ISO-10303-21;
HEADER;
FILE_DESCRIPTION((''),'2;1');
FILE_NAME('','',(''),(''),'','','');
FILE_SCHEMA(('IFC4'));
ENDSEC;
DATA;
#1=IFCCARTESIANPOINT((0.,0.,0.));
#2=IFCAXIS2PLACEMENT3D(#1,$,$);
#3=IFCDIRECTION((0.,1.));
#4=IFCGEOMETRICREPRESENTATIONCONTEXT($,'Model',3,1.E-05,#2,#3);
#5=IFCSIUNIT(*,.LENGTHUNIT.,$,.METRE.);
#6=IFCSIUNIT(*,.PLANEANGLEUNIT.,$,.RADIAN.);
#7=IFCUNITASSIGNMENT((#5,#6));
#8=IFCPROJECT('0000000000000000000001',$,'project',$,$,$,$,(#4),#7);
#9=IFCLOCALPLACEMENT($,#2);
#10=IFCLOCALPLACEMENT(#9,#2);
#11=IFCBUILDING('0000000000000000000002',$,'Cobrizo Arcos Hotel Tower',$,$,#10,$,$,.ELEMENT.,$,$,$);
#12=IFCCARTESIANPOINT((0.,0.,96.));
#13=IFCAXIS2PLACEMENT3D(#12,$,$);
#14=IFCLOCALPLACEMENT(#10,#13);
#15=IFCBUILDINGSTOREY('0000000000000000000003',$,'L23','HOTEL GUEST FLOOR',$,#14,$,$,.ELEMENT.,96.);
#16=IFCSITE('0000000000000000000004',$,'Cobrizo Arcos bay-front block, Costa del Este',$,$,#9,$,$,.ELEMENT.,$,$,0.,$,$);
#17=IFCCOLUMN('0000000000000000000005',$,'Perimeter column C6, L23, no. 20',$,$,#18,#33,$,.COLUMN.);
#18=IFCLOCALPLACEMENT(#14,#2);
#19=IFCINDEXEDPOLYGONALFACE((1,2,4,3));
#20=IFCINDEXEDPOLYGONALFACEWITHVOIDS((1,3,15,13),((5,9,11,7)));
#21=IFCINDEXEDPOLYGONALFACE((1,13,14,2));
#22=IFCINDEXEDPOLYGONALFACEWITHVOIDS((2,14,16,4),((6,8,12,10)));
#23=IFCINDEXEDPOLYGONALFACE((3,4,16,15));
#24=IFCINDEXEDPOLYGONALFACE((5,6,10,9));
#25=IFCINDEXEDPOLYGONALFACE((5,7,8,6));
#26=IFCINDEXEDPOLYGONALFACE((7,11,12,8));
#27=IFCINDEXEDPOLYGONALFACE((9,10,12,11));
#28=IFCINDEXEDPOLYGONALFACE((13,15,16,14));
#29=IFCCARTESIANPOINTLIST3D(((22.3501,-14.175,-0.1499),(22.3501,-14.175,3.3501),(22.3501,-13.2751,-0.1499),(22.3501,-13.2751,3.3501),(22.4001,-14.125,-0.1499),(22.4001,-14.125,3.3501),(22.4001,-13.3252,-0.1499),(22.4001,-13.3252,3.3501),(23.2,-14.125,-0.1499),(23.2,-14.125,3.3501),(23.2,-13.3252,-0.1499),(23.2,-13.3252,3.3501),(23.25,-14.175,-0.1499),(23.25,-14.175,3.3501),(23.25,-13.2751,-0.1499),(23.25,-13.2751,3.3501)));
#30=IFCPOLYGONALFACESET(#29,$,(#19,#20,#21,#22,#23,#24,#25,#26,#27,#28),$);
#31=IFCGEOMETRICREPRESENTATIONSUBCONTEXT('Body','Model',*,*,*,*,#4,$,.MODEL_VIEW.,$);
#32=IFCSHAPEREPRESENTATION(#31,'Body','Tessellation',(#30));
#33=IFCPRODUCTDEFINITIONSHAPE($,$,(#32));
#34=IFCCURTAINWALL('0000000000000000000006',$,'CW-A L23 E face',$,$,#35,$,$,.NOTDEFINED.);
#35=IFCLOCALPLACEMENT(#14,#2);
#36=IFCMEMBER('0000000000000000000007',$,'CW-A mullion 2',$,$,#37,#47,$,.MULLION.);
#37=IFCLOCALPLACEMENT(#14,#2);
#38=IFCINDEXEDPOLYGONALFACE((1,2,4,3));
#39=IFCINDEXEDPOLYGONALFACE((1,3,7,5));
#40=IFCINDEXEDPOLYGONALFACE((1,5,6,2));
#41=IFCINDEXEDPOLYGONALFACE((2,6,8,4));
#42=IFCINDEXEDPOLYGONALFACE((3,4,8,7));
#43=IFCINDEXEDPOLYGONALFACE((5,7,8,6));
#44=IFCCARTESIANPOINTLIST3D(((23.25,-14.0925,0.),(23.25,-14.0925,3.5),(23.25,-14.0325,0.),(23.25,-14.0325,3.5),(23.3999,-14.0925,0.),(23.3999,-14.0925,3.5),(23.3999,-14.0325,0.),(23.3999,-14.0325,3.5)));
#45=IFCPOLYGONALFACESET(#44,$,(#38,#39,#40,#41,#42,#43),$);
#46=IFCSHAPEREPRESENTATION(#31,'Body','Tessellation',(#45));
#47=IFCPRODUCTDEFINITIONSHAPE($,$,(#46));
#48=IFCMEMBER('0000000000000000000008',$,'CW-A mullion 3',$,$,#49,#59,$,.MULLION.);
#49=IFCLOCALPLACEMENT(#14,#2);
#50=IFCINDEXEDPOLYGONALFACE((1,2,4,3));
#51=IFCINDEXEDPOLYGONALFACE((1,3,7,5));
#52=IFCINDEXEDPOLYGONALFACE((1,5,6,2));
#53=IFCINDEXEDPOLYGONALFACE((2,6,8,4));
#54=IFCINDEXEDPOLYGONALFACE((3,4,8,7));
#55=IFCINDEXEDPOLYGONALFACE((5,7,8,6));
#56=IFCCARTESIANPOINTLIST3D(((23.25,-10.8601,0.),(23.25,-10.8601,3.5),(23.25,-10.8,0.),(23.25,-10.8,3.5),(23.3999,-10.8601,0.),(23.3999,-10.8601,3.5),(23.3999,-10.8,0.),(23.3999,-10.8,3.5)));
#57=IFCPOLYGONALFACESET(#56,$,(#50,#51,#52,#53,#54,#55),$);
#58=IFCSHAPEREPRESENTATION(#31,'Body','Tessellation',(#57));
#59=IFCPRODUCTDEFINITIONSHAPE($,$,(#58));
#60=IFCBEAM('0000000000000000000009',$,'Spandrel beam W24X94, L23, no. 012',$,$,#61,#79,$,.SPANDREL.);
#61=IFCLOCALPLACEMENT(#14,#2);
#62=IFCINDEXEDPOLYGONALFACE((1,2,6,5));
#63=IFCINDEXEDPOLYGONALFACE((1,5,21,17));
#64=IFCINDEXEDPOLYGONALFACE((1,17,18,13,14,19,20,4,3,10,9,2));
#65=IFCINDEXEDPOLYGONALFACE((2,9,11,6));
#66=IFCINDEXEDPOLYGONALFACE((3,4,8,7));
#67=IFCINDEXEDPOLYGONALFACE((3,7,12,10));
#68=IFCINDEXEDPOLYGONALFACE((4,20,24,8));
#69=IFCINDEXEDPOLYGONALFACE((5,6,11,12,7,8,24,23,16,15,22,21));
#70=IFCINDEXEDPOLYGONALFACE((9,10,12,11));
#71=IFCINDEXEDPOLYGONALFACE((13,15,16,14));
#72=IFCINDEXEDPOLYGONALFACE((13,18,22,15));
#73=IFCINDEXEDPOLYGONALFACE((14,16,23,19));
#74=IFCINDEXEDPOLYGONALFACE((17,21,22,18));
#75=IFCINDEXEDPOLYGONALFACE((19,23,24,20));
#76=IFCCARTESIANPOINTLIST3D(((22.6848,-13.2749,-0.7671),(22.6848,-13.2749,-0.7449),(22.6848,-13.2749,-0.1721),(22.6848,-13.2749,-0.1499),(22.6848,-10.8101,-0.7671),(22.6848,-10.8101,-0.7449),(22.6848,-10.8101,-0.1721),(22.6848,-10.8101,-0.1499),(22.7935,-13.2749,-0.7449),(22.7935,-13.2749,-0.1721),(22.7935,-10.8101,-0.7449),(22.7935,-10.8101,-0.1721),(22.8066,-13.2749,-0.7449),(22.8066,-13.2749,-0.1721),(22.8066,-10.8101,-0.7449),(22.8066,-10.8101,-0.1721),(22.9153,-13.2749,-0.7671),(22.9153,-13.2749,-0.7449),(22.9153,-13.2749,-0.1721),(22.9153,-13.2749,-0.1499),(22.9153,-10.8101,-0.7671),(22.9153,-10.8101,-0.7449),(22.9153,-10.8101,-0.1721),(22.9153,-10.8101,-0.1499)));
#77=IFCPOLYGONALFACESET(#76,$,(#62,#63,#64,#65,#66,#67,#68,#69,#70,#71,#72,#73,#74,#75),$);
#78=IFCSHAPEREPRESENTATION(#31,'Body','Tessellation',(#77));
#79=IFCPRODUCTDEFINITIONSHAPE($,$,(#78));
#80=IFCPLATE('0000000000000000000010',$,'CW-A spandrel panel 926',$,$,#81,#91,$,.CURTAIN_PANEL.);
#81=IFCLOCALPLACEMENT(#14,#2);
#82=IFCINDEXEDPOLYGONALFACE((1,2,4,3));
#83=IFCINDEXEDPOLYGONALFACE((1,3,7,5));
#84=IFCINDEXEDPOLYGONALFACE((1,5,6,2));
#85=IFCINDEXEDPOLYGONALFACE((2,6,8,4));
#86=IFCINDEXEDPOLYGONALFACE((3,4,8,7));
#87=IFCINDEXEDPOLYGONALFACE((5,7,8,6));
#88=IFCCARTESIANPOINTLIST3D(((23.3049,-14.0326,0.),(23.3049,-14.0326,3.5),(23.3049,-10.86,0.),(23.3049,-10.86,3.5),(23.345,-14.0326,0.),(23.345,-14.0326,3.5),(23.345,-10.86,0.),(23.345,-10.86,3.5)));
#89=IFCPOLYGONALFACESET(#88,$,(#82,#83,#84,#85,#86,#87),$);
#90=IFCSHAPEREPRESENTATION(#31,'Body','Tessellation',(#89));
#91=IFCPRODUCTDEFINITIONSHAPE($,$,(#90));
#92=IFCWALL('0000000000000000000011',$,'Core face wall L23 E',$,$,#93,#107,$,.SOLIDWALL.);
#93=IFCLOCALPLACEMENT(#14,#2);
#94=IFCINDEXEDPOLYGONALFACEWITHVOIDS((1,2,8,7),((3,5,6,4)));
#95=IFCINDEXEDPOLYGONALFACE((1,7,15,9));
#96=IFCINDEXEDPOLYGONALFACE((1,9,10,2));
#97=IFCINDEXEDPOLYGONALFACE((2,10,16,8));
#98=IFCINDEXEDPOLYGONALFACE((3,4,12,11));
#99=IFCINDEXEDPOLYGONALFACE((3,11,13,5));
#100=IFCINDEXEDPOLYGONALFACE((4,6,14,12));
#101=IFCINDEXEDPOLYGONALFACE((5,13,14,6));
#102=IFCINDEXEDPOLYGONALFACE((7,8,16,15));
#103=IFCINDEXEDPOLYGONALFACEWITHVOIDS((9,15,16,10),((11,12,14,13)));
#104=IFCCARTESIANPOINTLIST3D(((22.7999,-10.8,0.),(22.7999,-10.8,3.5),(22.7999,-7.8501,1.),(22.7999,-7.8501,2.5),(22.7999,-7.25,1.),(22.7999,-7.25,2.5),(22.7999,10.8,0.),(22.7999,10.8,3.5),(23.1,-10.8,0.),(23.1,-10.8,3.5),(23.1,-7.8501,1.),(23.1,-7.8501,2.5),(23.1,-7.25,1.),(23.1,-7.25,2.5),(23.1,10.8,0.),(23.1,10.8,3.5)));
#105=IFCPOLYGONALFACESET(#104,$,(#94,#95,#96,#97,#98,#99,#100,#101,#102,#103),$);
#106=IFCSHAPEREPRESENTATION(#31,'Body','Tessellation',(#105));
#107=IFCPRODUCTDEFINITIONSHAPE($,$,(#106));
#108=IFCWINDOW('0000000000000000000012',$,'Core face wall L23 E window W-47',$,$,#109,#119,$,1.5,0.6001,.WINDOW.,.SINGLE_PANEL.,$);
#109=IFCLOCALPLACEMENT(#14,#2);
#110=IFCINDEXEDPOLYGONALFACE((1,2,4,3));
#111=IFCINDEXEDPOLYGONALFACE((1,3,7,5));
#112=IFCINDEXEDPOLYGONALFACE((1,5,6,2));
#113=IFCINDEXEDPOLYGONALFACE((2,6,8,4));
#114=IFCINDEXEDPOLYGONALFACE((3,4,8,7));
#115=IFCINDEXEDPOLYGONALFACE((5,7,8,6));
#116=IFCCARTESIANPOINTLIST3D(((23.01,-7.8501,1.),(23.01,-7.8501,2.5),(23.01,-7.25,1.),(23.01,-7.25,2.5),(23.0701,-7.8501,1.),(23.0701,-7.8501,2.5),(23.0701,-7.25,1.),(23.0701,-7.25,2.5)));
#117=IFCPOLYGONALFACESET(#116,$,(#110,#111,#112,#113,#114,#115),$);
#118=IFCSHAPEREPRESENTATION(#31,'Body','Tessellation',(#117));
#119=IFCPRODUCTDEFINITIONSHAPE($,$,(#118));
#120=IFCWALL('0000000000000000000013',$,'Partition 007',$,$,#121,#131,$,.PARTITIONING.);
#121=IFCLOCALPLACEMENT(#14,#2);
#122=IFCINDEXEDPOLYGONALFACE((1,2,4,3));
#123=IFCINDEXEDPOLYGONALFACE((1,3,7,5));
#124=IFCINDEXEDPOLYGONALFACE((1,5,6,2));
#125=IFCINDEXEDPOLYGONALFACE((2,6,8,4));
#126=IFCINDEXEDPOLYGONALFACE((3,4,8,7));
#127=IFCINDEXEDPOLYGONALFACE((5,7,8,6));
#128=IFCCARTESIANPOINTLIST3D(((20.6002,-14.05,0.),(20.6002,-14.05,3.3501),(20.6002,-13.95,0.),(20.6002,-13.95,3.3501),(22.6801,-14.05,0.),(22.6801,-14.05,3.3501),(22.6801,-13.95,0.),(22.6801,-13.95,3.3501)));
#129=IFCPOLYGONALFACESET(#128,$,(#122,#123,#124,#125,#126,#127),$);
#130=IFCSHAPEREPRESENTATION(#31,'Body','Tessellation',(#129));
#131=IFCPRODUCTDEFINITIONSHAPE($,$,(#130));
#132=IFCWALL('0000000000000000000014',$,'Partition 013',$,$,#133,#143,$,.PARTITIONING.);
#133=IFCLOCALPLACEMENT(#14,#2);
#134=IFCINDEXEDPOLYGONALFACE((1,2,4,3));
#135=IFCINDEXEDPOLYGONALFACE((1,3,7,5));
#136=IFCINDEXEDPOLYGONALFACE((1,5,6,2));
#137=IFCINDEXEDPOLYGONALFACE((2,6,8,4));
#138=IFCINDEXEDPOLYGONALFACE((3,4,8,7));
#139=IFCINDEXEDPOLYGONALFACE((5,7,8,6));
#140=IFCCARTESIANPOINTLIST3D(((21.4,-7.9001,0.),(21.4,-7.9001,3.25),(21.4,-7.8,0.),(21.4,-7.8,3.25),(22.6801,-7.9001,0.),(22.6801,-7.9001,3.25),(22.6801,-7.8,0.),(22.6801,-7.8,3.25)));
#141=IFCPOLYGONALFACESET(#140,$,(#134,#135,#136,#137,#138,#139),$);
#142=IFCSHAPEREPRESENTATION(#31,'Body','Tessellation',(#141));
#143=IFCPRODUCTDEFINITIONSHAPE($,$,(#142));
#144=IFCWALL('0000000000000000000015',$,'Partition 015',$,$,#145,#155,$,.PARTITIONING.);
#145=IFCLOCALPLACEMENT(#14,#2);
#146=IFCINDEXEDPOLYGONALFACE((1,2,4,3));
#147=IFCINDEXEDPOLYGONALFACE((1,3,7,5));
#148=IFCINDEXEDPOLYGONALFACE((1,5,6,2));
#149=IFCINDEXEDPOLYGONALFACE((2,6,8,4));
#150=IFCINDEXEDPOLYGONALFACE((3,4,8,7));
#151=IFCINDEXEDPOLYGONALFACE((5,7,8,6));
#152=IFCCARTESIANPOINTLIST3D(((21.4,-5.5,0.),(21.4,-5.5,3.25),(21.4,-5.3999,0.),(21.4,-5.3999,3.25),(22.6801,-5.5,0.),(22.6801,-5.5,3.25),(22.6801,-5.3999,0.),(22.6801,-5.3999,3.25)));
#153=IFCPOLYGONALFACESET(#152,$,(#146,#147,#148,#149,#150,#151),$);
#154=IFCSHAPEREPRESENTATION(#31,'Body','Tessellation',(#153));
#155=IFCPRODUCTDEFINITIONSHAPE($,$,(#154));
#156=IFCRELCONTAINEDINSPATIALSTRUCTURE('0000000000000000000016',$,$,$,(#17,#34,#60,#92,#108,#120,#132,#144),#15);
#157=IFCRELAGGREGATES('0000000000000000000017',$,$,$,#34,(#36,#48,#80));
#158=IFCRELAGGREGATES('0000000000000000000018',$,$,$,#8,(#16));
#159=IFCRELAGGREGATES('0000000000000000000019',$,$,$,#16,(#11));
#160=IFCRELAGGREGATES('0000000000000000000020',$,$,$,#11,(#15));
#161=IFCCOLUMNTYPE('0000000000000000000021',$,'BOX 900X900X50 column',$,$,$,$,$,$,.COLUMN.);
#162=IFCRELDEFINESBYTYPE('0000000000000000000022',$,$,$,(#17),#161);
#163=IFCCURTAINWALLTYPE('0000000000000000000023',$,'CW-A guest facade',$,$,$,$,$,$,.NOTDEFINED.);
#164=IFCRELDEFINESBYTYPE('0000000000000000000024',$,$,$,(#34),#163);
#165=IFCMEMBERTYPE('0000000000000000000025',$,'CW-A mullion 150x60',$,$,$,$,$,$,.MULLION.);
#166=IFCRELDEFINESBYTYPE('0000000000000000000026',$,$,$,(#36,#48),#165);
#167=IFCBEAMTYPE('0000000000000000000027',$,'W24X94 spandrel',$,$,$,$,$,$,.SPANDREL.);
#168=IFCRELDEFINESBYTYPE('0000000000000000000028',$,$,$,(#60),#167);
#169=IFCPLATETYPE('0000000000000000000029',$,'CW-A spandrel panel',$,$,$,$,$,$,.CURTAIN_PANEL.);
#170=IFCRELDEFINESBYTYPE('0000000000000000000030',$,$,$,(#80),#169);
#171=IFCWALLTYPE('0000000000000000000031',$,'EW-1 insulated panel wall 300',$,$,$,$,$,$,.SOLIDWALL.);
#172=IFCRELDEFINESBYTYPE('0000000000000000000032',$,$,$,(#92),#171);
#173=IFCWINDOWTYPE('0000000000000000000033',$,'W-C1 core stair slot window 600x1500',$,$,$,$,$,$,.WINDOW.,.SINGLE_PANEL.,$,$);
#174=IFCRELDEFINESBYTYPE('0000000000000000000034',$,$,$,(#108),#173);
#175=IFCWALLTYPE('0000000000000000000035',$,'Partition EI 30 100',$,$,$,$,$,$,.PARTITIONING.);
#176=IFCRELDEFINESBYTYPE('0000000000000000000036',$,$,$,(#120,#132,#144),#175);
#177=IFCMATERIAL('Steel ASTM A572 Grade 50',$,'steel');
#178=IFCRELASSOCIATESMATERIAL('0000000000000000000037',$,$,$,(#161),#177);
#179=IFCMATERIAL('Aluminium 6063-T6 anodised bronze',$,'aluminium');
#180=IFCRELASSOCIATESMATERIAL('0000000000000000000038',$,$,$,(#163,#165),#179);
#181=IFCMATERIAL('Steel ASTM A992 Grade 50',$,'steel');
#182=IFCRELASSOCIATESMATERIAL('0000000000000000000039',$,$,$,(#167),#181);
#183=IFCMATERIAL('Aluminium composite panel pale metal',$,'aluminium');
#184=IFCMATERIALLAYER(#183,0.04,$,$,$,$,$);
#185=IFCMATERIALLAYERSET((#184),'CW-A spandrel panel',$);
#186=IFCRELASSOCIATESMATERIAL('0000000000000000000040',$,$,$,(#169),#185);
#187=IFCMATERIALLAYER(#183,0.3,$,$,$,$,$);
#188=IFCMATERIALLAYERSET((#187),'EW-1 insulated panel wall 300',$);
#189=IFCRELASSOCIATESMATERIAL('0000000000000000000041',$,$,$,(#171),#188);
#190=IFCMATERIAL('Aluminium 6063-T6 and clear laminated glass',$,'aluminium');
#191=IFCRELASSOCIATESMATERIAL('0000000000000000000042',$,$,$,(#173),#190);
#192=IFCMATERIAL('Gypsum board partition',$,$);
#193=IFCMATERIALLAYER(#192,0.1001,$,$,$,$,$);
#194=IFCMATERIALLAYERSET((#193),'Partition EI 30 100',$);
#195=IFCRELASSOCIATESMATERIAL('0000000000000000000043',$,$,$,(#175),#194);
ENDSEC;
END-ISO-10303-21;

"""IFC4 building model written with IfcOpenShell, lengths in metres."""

from ifc_helpers import new_model, si_unit, direction, frame, frame_2d, origin, origin_2d, place, context, subcontext, project, spatial, rectangle, hollow_rectangle, i_section, extrude, material, layer, layer_set, material_profile, profile_set, type_object, element, fill, aggregate, save


model = new_model("IFC4")

# Units and contexts
model_context = context("Model", 3, precision=1e-05, world=origin(), true_north=direction((0.0, 1.0)))
body_context = subcontext(model_context, "Body", "Model", "MODEL_VIEW")
ifc_project = project(units=[si_unit("LENGTHUNIT", "METRE"), si_unit("PLANEANGLEUNIT", "RADIAN")], contexts=[model_context])

# Site, building, storey
site_placement = place(None, origin())
site = spatial("IfcSite", under=ifc_project, at=site_placement, Name="Cobrizo Arcos bay-front block, Costa del Este", CompositionType="ELEMENT", RefElevation=0.0)
building_placement = place(site_placement, origin())
building = spatial("IfcBuilding", under=site, at=building_placement, Name="Cobrizo Arcos Hotel Tower", CompositionType="ELEMENT")
storey_placement = place(building_placement, frame((0.0, 0.0, 96.0)))
storey = spatial("IfcBuildingStorey", under=building, at=storey_placement, Name="L23", Description="HOTEL GUEST FLOOR", CompositionType="ELEMENT", Elevation=96.0)

# Column
ifc_material_1 = material(Name="Steel ASTM A572 Grade 50", Category="steel")
ifc_material_profile_1 = material_profile(ifc_material_1, hollow_rectangle(XDim=0.8999, YDim=0.8999, WallThickness=0.05, at=origin_2d()), Name="BOX 900X900X50")
ifc_profile_set_1 = profile_set([ifc_material_profile_1], Name="Steel ASTM A572 Grade 50")
column_type = type_object("IfcColumnType", Name="BOX 900X900X50 column", PredefinedType="COLUMN", material=ifc_profile_set_1)
column_placement = place(storey_placement, frame((22.8, -13.7251, -0.1499), z_axis=(0.0, 0.0, 1.0), x_axis=(1.0, 0.0, 0.0)))
element("IfcColumn", 1, at=column_placement, inside=storey, type_object=column_type, Name="Perimeter column C6, L23, no. 20", PredefinedType="COLUMN", context=body_context, shape_type="SweptSolid", body=[
    extrude(hollow_rectangle(XDim=0.8999, YDim=0.8999, WallThickness=0.05, at=origin_2d()), origin(), (0.0, 0.0, 1.0), 3.5),
])

# Curtain wall, members
ifc_material_2 = material(Name="Aluminium 6063-T6 anodised bronze", Category="aluminium")
curtain_wall_type = type_object("IfcCurtainWallType", Name="CW-A guest facade", PredefinedType="NOTDEFINED", material=ifc_material_2)
curtain_wall_placement = place(storey_placement, origin())
curtain_wall = element("IfcCurtainWall", 2, at=curtain_wall_placement, inside=storey, type_object=curtain_wall_type, Name="CW-A L23 E face", PredefinedType="NOTDEFINED")
ifc_material_profile_2 = material_profile(ifc_material_2, rectangle(XDim=0.1499, YDim=0.0601, at=origin_2d()), Name="CW-A mullion 150x60")
ifc_profile_set_2 = profile_set([ifc_material_profile_2], Name="Aluminium 6063-T6 anodised bronze")
member_type = type_object("IfcMemberType", Name="CW-A mullion 150x60", PredefinedType="MULLION", material=ifc_profile_set_2)
member_1_placement = place(storey_placement, frame((23.325, -14.0625, 0.0), z_axis=(0.0, 0.0, 1.0), x_axis=(1.0, 0.0, 0.0)))
member_1 = element("IfcMember", 3, at=member_1_placement, type_object=member_type, Name="CW-A mullion 2", PredefinedType="MULLION", context=body_context, shape_type="SweptSolid", body=[
    extrude(rectangle(XDim=0.1499, YDim=0.0601, at=origin_2d()), origin(), (0.0, 0.0, 1.0), 3.5),
])
member_2_placement = place(storey_placement, frame((23.325, -10.8301, 0.0), z_axis=(0.0, 0.0, 1.0), x_axis=(1.0, 0.0, 0.0)))
member_2 = element("IfcMember", 4, at=member_2_placement, type_object=member_type, Name="CW-A mullion 3", PredefinedType="MULLION", context=body_context, shape_type="SweptSolid", body=[
    extrude(rectangle(XDim=0.1499, YDim=0.0601, at=origin_2d()), origin(), (0.0, 0.0, 1.0), 3.5),
])

# Beam
ifc_material_3 = material(Name="Steel ASTM A992 Grade 50", Category="steel")
ifc_material_profile_3 = material_profile(ifc_material_3, i_section(OverallWidth=0.2305, OverallDepth=0.6172, WebThickness=0.0132, FlangeThickness=0.0222, at=origin_2d()), Name="W24X94")
ifc_profile_set_3 = profile_set([ifc_material_profile_3], Name="Steel ASTM A992 Grade 50")
beam_type = type_object("IfcBeamType", Name="W24X94 spandrel", PredefinedType="SPANDREL", material=ifc_profile_set_3)
beam_placement = place(storey_placement, frame((22.8, -13.2749, -0.4585), z_axis=(0.0, 1.0, 0.0), x_axis=(-1.0, 0.0, 0.0)))
element("IfcBeam", 5, at=beam_placement, inside=storey, type_object=beam_type, Name="Spandrel beam W24X94, L23, no. 012", PredefinedType="SPANDREL", context=body_context, shape_type="SweptSolid", body=[
    extrude(i_section(OverallWidth=0.2305, OverallDepth=0.6172, WebThickness=0.0132, FlangeThickness=0.0222, at=origin_2d()), origin(), (0.0, 0.0, 1.0), 2.4648),
])

# Plate
ifc_material_4 = material(Name="Aluminium composite panel pale metal", Category="aluminium")
ifc_layer_1 = layer(ifc_material_4, 0.04)
ifc_layer_set_1 = layer_set([ifc_layer_1], Name="CW-A spandrel panel")
plate_type = type_object("IfcPlateType", Name="CW-A spandrel panel", PredefinedType="CURTAIN_PANEL", material=ifc_layer_set_1)
plate_placement = place(storey_placement, frame((23.325, -12.4463, 0.0), z_axis=(0.0, 0.0, 1.0), x_axis=(0.0, 1.0, 0.0)))
plate = element("IfcPlate", 6, at=plate_placement, type_object=plate_type, Name="CW-A spandrel panel 926", PredefinedType="CURTAIN_PANEL", context=body_context, shape_type="SweptSolid", body=[
    extrude(rectangle(XDim=3.1726, YDim=0.04, at=origin_2d()), origin(), (0.0, 0.0, 1.0), 3.5),
])
aggregate(curtain_wall, [member_1, member_2, plate])

# Wall, opening, window
ifc_layer_2 = layer(ifc_material_4, 0.3)
ifc_layer_set_2 = layer_set([ifc_layer_2], Name="EW-1 insulated panel wall 300")
wall_type_1 = type_object("IfcWallType", Name="EW-1 insulated panel wall 300", PredefinedType="SOLIDWALL", material=ifc_layer_set_2)
wall_1_placement = place(storey_placement, frame((22.95, -10.8, 0.0), z_axis=(0.0, 0.0, 1.0), x_axis=(0.0, 1.0, 0.0)))
wall_1 = element("IfcWall", 7, at=wall_1_placement, inside=storey, type_object=wall_type_1, Name="Core face wall L23 E", PredefinedType="SOLIDWALL", context=body_context, shape_type="SweptSolid", body=[
    extrude(rectangle(XDim=21.6001, YDim=0.3, at=frame_2d((10.8, 0.0))), origin(), (0.0, 0.0, 1.0), 3.5),
])
opening_1_placement = place(wall_1_placement, frame((2.95, 0.0, 1.0)))
opening_1 = element("IfcOpeningElement", 8, at=opening_1_placement, cuts=wall_1, PredefinedType="OPENING", context=body_context, shape_type="SweptSolid", body=[
    extrude(rectangle(XDim=0.6001, YDim=1.5, at=frame_2d((0.3, 0.75))), frame((0.0, 0.1621, 0.0), z_axis=(0.0, -1.0, 0.0), x_axis=(1.0, 0.0, 0.0)), (0.0, 0.0, 1.0), 0.324),
])
ifc_material_5 = material(Name="Aluminium 6063-T6 and clear laminated glass", Category="aluminium")
window_type = type_object("IfcWindowType", Name="W-C1 core stair slot window 600x1500", PartitioningType="SINGLE_PANEL", PredefinedType="WINDOW", material=ifc_material_5)
window_placement = place(opening_1_placement, origin())
window = element("IfcWindow", 9, at=window_placement, inside=storey, type_object=window_type, Name="Core face wall L23 E window W-47", OverallHeight=1.5, OverallWidth=0.6001, PartitioningType="SINGLE_PANEL", PredefinedType="WINDOW", context=body_context, shape_type="SweptSolid", body=[
    extrude(rectangle(XDim=0.6001, YDim=1.5, at=frame_2d((0.3, 0.75))), frame((0.0, -0.0601, 0.0), z_axis=(0.0, -1.0, 0.0), x_axis=(1.0, 0.0, 0.0)), (0.0, 0.0, 1.0), 0.0601),
])
fill(opening_1, window)

# Walls
ifc_material_6 = material(Name="Gypsum board partition")
ifc_layer_3 = layer(ifc_material_6, 0.1001)
ifc_layer_set_3 = layer_set([ifc_layer_3], Name="Partition EI 30 100")
wall_type_2 = type_object("IfcWallType", Name="Partition EI 30 100", PredefinedType="PARTITIONING", material=ifc_layer_set_3)
wall_2_placement = place(storey_placement, frame((20.6001, -14.0, 0.0), z_axis=(0.0, 0.0, 1.0), x_axis=(1.0, 0.0, 0.0)))
element("IfcWall", 10, at=wall_2_placement, inside=storey, type_object=wall_type_2, Name="Partition 007", PredefinedType="PARTITIONING", context=body_context, shape_type="SweptSolid", body=[
    extrude(rectangle(XDim=2.0798, YDim=0.1001, at=frame_2d((1.04, 0.0))), origin(), (0.0, 0.0, 1.0), 3.3501),
])
for number, where, z_axis, x_axis, name in (
    (11, (21.3999, -7.8501, 0.0), (0.0, 0.0, 1.0), (1.0, 0.0, 0.0), "Partition 013"),
    (12, (21.3999, -5.45, 0.0), (0.0, 0.0, 1.0), (1.0, 0.0, 0.0), "Partition 015"),
):
    element("IfcWall", number, at=place(storey_placement, frame(where, z_axis=z_axis, x_axis=x_axis)), inside=storey, type_object=wall_type_2, Name=name, PredefinedType="PARTITIONING", context=body_context, shape_type="SweptSolid", body=[
        extrude(rectangle(XDim=1.28, YDim=0.1001, at=frame_2d((0.6401, 0.0))), origin(), (0.0, 0.0, 1.0), 3.25),
    ])

save(model, "model.ifc")
